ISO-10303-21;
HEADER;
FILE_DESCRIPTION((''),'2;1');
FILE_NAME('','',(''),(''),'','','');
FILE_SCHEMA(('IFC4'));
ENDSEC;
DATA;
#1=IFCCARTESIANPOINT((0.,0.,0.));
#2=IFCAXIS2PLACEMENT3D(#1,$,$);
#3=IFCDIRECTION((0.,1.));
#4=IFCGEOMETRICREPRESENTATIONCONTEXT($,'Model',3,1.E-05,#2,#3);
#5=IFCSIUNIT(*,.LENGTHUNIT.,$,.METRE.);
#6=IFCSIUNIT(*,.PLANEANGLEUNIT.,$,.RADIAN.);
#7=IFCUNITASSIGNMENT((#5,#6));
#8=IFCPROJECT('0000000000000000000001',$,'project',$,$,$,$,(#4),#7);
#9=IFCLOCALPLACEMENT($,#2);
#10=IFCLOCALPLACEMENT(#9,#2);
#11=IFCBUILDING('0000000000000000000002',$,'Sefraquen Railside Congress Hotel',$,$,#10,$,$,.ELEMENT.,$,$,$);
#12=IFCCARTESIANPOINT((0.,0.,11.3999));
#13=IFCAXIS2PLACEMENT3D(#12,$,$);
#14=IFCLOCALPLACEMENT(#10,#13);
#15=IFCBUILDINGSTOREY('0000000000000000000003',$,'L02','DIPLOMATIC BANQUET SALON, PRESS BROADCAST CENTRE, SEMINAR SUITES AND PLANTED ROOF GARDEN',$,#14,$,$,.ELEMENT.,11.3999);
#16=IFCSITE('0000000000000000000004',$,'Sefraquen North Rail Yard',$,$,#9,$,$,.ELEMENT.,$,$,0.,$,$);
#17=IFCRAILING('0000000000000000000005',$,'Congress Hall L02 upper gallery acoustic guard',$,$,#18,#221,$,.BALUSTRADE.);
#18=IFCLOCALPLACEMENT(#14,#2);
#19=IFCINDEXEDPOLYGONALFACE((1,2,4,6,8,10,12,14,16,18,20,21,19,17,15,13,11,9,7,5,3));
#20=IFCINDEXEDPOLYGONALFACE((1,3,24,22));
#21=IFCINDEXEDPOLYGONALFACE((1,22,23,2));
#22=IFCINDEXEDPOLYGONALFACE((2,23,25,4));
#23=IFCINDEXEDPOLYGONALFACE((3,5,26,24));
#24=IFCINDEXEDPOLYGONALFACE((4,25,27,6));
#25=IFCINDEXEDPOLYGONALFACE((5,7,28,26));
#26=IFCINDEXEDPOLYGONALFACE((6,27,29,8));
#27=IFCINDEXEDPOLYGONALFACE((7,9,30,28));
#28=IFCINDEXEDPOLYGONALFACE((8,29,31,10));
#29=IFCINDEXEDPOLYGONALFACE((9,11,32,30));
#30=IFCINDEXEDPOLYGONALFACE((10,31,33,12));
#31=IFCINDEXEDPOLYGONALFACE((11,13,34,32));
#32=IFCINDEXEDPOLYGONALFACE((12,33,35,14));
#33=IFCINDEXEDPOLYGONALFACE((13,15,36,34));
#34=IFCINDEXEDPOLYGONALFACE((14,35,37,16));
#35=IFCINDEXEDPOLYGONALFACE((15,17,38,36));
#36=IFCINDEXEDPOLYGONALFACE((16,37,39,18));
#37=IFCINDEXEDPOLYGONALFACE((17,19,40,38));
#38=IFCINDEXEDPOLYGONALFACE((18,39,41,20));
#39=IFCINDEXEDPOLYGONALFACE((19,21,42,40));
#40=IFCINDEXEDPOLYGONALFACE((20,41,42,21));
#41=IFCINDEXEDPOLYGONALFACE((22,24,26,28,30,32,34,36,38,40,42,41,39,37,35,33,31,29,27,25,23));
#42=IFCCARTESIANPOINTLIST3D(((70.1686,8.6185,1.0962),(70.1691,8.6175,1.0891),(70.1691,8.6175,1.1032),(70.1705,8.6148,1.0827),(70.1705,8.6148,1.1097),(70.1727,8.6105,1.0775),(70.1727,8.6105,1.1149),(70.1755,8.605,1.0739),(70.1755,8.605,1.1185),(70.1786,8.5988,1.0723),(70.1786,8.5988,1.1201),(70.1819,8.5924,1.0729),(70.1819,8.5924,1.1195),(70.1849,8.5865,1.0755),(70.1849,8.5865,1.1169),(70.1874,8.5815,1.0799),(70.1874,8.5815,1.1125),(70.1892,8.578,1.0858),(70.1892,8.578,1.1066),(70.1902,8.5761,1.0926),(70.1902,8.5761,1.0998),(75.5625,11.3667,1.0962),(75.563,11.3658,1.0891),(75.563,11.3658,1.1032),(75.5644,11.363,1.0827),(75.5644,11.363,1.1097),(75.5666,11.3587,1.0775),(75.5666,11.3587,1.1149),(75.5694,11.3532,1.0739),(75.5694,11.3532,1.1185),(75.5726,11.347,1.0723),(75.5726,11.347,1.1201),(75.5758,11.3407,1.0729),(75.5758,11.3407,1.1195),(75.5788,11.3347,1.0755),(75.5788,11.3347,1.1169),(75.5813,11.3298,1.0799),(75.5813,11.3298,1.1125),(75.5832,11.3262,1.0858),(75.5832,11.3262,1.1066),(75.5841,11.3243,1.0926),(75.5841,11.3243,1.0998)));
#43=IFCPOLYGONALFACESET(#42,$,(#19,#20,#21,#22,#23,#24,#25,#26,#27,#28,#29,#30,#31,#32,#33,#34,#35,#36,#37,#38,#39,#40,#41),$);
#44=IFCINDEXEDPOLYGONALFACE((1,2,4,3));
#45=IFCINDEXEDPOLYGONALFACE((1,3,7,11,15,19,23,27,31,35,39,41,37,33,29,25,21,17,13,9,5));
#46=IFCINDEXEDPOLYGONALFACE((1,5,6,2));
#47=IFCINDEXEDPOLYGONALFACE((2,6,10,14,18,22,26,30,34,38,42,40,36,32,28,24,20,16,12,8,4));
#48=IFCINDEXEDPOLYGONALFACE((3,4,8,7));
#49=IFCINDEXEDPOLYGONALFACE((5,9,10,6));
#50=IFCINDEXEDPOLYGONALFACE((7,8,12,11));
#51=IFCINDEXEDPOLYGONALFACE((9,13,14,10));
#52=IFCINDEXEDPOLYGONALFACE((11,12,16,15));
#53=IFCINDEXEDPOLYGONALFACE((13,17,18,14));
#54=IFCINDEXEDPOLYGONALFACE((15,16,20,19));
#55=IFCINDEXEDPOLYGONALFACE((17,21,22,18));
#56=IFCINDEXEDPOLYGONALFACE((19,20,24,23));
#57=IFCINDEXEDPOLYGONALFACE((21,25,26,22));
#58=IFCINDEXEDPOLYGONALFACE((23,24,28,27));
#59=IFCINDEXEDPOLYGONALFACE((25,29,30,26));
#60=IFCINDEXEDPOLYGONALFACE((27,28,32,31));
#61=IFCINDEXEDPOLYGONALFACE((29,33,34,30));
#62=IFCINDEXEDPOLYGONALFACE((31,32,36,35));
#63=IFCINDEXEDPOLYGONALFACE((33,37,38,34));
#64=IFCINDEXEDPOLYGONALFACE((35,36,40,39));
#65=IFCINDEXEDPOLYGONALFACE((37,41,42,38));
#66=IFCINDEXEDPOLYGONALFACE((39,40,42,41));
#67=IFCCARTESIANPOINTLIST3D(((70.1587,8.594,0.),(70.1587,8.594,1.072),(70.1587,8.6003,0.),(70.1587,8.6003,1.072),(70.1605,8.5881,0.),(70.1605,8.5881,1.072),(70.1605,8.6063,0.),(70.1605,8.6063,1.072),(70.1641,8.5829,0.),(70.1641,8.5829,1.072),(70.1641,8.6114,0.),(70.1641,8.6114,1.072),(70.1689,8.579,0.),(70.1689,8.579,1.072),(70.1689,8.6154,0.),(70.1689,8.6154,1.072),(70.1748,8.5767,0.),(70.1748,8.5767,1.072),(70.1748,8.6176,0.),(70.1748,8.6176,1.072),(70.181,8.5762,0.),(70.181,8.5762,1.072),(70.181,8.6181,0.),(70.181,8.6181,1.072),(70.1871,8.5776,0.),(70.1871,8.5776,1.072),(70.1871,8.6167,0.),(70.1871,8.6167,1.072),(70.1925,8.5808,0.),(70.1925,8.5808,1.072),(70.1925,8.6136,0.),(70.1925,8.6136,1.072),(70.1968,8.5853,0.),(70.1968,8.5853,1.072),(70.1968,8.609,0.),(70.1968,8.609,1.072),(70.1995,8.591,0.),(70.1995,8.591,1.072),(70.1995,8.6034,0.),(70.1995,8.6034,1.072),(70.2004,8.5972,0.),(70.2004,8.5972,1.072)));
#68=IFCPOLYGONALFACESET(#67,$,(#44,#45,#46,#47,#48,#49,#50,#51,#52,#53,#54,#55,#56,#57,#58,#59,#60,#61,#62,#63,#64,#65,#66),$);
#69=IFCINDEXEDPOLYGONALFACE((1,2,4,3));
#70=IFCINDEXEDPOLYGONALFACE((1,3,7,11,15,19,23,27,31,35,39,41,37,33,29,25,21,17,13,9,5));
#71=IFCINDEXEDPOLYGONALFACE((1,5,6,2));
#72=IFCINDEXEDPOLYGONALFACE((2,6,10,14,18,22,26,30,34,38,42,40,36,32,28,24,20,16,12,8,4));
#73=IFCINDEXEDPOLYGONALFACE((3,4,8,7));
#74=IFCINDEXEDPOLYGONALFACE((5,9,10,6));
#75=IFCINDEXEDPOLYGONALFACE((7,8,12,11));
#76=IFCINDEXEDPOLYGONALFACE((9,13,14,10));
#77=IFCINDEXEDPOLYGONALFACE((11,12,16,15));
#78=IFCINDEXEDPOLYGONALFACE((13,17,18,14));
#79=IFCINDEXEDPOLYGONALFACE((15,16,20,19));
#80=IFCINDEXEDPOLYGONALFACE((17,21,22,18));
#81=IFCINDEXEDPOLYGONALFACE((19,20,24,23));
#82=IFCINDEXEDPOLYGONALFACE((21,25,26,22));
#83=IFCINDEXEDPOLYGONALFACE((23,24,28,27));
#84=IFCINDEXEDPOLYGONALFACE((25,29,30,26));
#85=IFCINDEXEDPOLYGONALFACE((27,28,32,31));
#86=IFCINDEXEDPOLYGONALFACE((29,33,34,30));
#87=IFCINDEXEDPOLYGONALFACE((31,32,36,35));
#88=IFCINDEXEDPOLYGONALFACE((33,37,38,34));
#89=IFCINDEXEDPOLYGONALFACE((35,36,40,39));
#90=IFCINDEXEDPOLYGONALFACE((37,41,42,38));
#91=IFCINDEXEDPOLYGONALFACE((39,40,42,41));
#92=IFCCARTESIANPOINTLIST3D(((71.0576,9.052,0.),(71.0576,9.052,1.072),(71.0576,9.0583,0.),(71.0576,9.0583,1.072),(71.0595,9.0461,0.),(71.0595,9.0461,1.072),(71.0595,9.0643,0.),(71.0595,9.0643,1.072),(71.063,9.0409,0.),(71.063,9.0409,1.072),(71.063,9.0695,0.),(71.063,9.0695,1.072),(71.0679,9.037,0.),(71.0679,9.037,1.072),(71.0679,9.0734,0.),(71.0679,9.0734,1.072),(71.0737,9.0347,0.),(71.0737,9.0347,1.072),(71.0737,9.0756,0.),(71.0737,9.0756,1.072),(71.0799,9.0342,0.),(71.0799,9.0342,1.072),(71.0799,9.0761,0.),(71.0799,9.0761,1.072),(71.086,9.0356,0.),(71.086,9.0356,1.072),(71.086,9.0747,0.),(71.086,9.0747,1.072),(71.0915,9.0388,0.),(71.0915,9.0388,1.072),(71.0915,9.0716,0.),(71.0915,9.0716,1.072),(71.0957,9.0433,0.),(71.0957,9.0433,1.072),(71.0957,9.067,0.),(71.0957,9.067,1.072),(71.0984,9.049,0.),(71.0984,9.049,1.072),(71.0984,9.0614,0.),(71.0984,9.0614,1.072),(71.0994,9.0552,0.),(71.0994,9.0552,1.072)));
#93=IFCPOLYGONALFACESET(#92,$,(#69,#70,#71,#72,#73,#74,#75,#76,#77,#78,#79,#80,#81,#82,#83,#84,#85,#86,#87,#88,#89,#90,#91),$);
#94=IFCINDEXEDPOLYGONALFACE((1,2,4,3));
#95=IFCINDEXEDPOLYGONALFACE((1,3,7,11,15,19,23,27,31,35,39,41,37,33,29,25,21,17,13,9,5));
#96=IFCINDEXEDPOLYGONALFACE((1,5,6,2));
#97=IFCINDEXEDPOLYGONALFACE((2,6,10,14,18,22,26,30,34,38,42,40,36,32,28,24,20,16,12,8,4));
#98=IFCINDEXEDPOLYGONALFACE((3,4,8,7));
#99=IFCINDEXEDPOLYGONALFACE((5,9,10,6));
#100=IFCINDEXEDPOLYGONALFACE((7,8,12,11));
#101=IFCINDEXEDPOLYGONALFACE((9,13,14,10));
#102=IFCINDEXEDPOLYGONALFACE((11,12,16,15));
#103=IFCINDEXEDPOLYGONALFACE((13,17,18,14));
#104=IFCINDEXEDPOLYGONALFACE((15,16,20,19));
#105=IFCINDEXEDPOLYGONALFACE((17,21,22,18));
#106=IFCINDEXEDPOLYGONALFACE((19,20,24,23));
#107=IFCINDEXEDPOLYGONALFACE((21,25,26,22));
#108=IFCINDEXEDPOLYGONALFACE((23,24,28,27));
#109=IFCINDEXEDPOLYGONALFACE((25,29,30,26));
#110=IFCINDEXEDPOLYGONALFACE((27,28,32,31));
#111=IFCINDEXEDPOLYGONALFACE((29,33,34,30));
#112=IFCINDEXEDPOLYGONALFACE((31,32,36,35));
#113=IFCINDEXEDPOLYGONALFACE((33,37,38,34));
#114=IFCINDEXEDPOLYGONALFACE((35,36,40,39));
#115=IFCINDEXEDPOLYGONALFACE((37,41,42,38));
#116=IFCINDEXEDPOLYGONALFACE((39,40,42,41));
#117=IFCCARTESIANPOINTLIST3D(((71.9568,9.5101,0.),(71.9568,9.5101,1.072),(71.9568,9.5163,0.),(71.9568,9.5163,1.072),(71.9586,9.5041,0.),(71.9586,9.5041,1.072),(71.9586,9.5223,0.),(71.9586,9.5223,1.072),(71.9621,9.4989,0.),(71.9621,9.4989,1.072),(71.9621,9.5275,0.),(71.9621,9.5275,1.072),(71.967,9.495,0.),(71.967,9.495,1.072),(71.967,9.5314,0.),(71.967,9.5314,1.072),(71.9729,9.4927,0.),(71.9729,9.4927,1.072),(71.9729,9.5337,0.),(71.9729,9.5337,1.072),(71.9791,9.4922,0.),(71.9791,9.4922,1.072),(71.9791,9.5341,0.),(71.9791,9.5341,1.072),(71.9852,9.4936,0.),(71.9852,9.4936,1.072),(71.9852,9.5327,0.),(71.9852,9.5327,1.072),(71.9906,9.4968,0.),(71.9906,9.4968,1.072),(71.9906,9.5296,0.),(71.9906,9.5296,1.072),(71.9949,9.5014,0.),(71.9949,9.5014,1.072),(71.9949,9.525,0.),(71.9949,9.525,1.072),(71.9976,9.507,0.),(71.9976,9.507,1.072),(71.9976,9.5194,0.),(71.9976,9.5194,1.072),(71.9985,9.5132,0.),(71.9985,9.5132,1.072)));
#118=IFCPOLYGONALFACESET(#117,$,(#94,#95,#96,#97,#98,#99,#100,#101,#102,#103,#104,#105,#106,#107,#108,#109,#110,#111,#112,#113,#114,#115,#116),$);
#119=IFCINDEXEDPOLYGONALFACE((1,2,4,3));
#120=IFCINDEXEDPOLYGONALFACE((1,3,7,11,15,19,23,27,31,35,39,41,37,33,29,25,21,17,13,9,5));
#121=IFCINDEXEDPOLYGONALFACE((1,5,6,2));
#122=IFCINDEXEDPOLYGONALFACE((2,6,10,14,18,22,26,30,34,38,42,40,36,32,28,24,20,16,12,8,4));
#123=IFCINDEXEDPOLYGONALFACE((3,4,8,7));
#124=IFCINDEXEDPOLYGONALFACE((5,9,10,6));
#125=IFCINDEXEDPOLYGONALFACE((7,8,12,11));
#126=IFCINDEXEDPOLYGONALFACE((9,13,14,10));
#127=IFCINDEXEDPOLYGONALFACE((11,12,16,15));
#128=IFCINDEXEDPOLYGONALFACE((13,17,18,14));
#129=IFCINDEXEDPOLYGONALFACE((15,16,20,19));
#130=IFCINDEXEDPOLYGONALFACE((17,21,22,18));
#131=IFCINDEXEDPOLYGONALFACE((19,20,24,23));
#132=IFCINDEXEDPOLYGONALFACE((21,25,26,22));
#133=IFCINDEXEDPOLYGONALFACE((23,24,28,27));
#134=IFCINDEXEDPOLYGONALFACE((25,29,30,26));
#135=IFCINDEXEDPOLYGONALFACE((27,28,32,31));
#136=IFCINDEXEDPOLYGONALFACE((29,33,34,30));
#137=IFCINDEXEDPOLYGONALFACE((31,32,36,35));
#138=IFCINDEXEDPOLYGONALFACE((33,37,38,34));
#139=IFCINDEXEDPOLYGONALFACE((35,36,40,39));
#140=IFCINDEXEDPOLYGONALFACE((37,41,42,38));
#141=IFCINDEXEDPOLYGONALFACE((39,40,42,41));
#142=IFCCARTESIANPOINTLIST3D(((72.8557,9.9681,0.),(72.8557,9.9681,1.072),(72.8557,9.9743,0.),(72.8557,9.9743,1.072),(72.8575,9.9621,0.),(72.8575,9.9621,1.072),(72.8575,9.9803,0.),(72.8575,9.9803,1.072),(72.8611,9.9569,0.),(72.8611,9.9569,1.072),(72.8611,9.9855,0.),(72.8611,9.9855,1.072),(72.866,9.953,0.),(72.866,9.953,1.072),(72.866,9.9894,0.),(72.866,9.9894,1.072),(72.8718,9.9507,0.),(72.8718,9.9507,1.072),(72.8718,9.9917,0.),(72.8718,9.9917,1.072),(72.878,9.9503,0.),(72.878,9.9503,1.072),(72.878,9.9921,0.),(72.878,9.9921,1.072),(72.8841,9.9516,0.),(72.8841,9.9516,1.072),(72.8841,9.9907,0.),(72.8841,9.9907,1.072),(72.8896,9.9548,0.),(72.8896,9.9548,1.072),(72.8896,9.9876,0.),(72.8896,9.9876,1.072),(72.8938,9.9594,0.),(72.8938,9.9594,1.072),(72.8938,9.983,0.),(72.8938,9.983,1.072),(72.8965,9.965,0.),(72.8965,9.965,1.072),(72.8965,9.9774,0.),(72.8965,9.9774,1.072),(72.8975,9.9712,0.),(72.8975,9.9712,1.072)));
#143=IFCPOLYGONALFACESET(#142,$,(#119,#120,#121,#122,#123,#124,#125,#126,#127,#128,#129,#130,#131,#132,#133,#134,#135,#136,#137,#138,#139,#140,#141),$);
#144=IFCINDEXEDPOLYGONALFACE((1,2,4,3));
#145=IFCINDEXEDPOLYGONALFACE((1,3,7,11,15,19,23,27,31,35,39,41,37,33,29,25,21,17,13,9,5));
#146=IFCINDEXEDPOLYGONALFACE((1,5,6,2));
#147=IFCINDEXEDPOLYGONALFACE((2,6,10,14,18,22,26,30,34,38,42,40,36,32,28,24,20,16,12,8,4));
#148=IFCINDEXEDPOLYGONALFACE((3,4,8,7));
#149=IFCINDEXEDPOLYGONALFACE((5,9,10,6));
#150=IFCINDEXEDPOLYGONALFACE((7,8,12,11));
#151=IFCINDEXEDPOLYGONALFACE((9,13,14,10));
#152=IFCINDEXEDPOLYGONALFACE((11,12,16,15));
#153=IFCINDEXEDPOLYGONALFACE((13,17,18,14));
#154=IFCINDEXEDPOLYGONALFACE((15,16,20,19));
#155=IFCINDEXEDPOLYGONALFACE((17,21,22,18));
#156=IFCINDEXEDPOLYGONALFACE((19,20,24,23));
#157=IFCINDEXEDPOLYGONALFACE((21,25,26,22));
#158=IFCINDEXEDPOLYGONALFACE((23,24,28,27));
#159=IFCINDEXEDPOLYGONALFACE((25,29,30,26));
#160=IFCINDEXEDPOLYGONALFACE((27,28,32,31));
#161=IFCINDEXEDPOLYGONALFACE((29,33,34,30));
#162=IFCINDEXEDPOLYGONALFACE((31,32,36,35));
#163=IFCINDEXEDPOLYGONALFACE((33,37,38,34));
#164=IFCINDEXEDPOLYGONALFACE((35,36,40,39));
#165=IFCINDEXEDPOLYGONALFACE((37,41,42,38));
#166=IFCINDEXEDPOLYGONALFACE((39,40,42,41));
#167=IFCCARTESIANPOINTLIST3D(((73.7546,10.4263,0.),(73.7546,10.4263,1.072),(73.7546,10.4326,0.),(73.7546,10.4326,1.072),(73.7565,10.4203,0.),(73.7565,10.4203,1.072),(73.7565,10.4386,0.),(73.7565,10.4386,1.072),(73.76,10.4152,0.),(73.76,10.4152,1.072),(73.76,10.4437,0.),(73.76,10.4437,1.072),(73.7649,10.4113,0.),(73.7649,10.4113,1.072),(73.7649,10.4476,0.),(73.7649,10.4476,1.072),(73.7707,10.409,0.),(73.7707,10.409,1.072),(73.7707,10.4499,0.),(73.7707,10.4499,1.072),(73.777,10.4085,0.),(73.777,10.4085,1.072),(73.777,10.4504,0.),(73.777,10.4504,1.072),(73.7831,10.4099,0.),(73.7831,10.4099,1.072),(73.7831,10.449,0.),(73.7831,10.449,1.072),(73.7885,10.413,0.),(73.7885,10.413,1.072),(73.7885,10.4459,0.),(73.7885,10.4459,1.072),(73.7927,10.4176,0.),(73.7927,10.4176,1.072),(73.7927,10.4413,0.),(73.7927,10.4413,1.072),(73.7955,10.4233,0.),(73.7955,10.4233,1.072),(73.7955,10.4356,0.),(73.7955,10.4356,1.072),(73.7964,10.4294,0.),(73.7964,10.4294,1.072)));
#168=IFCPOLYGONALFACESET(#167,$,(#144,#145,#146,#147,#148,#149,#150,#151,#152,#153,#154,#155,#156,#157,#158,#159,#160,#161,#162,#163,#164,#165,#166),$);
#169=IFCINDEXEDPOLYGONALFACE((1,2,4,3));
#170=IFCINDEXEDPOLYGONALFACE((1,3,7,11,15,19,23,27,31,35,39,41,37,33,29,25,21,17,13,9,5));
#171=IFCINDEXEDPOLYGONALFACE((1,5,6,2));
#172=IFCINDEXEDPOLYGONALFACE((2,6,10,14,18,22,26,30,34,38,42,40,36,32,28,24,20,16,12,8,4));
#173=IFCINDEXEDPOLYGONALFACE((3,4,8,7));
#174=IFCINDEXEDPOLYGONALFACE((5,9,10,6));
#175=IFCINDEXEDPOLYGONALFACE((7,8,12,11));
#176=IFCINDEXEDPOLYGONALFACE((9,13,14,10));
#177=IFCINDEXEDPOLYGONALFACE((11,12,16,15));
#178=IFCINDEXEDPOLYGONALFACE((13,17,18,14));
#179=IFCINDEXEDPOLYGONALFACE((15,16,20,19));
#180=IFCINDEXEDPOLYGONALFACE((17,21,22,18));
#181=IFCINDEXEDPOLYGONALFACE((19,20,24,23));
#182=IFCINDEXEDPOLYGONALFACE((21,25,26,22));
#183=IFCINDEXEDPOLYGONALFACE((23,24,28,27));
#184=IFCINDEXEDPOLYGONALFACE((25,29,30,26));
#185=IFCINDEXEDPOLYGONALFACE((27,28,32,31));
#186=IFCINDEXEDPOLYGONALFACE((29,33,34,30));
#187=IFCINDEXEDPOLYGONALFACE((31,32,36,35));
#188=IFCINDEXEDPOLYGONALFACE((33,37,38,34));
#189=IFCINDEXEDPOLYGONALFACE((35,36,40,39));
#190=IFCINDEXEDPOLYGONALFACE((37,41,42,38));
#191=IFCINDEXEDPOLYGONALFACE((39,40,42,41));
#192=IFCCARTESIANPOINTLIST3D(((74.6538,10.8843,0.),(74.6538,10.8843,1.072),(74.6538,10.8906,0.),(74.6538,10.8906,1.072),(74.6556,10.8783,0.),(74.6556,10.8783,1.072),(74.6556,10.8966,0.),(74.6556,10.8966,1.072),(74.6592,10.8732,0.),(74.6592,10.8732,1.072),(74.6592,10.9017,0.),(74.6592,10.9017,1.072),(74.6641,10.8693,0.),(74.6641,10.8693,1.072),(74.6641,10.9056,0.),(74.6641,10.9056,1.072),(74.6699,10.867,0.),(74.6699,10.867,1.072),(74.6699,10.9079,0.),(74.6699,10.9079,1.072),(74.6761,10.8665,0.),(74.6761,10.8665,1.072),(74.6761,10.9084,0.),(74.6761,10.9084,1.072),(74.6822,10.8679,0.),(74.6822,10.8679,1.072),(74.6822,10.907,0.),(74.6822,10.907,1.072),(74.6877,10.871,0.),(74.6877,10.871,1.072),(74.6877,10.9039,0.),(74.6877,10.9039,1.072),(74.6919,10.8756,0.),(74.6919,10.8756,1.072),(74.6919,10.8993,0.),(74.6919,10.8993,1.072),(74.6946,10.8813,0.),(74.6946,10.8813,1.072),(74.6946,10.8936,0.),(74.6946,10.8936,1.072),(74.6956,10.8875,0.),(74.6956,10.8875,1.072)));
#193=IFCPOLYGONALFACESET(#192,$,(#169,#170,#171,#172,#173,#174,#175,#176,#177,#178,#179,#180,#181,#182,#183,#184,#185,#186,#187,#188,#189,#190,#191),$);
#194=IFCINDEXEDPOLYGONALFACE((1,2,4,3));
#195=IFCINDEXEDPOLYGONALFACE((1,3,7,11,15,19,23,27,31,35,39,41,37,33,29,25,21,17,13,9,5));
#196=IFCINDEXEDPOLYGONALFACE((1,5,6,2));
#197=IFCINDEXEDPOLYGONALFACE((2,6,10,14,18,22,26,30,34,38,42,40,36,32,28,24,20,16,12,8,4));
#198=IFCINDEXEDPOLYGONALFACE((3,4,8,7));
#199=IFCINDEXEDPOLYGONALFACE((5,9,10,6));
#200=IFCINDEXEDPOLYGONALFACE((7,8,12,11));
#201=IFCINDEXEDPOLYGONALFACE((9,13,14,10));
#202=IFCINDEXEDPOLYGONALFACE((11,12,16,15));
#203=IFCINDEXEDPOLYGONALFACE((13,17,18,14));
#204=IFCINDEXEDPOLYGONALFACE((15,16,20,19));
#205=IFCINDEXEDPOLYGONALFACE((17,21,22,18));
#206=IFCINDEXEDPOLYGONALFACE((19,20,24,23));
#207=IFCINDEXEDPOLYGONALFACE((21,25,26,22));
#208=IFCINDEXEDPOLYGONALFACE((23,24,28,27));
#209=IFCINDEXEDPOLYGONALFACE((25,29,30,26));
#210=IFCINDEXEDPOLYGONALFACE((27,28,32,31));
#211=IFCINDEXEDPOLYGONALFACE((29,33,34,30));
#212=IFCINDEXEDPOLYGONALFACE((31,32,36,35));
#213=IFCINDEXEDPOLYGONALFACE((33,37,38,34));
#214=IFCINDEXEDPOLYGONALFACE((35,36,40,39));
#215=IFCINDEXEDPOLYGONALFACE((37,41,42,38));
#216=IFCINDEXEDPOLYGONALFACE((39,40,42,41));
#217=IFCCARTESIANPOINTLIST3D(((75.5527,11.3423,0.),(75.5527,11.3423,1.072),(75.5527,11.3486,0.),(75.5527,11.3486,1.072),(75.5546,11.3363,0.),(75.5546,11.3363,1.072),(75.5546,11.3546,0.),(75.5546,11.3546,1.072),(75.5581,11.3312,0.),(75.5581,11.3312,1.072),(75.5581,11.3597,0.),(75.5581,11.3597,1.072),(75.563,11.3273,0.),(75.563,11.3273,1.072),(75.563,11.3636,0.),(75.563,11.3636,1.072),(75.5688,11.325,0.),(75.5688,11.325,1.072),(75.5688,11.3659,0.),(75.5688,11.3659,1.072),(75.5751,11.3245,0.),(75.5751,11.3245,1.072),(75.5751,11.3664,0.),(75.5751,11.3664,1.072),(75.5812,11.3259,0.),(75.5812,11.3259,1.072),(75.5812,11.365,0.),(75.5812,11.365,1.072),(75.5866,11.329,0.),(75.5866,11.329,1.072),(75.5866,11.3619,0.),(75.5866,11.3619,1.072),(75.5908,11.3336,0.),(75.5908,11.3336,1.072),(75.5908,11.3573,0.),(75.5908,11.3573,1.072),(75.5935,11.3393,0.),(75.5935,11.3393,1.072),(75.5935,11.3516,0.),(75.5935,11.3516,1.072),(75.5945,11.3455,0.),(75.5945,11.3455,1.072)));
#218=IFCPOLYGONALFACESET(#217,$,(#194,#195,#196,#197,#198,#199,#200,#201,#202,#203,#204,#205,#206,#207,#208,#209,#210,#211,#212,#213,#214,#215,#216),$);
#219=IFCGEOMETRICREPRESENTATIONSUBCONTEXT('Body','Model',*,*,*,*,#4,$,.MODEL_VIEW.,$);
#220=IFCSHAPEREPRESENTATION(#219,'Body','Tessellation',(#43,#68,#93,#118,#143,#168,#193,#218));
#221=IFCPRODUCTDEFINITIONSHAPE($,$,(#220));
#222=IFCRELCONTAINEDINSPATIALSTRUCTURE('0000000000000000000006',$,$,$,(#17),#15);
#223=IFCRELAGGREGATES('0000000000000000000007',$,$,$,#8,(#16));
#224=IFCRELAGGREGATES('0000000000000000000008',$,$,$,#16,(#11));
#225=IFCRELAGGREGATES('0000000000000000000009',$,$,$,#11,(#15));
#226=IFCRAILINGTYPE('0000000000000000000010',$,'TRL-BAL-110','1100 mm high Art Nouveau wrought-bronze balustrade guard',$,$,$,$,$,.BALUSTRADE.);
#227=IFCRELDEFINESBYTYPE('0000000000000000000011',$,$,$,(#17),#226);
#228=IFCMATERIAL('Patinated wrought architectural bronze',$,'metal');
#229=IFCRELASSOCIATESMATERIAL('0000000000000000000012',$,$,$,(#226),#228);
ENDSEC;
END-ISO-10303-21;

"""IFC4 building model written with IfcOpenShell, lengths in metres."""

from ifc_helpers import new_model, si_unit, direction, frame, origin, origin_2d, place, context, subcontext, project, spatial, circle, extrude, material, type_object, element, save


model = new_model("IFC4")

# Units and contexts
model_context = context("Model", 3, precision=1e-05, world=origin(), true_north=direction((0.0, 1.0)))
body_context = subcontext(model_context, "Body", "Model", "MODEL_VIEW")
ifc_project = project(units=[si_unit("LENGTHUNIT", "METRE"), si_unit("PLANEANGLEUNIT", "RADIAN")], contexts=[model_context])

# Site, building, storey
site_placement = place(None, origin())
site = spatial("IfcSite", under=ifc_project, at=site_placement, Name="Sefraquen North Rail Yard", CompositionType="ELEMENT", RefElevation=0.0)
building_placement = place(site_placement, origin())
building = spatial("IfcBuilding", under=site, at=building_placement, Name="Sefraquen Railside Congress Hotel", CompositionType="ELEMENT")
storey_placement = place(building_placement, frame((0.0, 0.0, 11.3999)))
storey = spatial("IfcBuildingStorey", under=building, at=storey_placement, Name="L02", Description="DIPLOMATIC BANQUET SALON, PRESS BROADCAST CENTRE, SEMINAR SUITES AND PLANTED ROOF GARDEN", CompositionType="ELEMENT", Elevation=11.3999)

# Railing
ifc_material_1 = material(Name="Patinated wrought architectural bronze", Category="metal")
railing_type = type_object("IfcRailingType", Name="TRL-BAL-110", Description="1100 mm high Art Nouveau wrought-bronze balustrade guard", PredefinedType="BALUSTRADE", material=ifc_material_1)
railing_1_placement = place(storey_placement, frame((70.1794, 8.5972, 0.0)))
element("IfcRailing", 1, at=railing_1_placement, inside=storey, type_object=railing_type, Name="Congress Hall L02 upper gallery acoustic guard", PredefinedType="BALUSTRADE", context=body_context, shape_type="SweptSolid", body=[
    extrude(circle(Radius=0.0239, at=origin_2d()), frame((0.0, 0.0, 1.0962), z_axis=(0.891014, 0.453976, 0.0), x_axis=(-0.453976, 0.891014, 0.0)), (0.0, 0.0, 1.0), 6.0537),
    extrude(circle(Radius=0.021, at=origin_2d()), origin(), (0.0, 0.0, 1.0), 1.072),
    extrude(circle(Radius=0.021, at=origin_2d()), frame((0.8989, 0.458, 0.0)), (0.0, 0.0, 1.0), 1.072),
    extrude(circle(Radius=0.021, at=origin_2d()), frame((1.7981, 0.916, 0.0)), (0.0, 0.0, 1.0), 1.072),
    extrude(circle(Radius=0.021, at=origin_2d()), frame((2.697, 1.374, 0.0)), (0.0, 0.0, 1.0), 1.072),
    extrude(circle(Radius=0.021, at=origin_2d()), frame((3.5959, 1.8323, 0.0)), (0.0, 0.0, 1.0), 1.072),
    extrude(circle(Radius=0.021, at=origin_2d()), frame((4.4951, 2.2903, 0.0)), (0.0, 0.0, 1.0), 1.072),
    extrude(circle(Radius=0.021, at=origin_2d()), frame((5.394, 2.7483, 0.0)), (0.0, 0.0, 1.0), 1.072),
])

save(model, "model.ifc")
